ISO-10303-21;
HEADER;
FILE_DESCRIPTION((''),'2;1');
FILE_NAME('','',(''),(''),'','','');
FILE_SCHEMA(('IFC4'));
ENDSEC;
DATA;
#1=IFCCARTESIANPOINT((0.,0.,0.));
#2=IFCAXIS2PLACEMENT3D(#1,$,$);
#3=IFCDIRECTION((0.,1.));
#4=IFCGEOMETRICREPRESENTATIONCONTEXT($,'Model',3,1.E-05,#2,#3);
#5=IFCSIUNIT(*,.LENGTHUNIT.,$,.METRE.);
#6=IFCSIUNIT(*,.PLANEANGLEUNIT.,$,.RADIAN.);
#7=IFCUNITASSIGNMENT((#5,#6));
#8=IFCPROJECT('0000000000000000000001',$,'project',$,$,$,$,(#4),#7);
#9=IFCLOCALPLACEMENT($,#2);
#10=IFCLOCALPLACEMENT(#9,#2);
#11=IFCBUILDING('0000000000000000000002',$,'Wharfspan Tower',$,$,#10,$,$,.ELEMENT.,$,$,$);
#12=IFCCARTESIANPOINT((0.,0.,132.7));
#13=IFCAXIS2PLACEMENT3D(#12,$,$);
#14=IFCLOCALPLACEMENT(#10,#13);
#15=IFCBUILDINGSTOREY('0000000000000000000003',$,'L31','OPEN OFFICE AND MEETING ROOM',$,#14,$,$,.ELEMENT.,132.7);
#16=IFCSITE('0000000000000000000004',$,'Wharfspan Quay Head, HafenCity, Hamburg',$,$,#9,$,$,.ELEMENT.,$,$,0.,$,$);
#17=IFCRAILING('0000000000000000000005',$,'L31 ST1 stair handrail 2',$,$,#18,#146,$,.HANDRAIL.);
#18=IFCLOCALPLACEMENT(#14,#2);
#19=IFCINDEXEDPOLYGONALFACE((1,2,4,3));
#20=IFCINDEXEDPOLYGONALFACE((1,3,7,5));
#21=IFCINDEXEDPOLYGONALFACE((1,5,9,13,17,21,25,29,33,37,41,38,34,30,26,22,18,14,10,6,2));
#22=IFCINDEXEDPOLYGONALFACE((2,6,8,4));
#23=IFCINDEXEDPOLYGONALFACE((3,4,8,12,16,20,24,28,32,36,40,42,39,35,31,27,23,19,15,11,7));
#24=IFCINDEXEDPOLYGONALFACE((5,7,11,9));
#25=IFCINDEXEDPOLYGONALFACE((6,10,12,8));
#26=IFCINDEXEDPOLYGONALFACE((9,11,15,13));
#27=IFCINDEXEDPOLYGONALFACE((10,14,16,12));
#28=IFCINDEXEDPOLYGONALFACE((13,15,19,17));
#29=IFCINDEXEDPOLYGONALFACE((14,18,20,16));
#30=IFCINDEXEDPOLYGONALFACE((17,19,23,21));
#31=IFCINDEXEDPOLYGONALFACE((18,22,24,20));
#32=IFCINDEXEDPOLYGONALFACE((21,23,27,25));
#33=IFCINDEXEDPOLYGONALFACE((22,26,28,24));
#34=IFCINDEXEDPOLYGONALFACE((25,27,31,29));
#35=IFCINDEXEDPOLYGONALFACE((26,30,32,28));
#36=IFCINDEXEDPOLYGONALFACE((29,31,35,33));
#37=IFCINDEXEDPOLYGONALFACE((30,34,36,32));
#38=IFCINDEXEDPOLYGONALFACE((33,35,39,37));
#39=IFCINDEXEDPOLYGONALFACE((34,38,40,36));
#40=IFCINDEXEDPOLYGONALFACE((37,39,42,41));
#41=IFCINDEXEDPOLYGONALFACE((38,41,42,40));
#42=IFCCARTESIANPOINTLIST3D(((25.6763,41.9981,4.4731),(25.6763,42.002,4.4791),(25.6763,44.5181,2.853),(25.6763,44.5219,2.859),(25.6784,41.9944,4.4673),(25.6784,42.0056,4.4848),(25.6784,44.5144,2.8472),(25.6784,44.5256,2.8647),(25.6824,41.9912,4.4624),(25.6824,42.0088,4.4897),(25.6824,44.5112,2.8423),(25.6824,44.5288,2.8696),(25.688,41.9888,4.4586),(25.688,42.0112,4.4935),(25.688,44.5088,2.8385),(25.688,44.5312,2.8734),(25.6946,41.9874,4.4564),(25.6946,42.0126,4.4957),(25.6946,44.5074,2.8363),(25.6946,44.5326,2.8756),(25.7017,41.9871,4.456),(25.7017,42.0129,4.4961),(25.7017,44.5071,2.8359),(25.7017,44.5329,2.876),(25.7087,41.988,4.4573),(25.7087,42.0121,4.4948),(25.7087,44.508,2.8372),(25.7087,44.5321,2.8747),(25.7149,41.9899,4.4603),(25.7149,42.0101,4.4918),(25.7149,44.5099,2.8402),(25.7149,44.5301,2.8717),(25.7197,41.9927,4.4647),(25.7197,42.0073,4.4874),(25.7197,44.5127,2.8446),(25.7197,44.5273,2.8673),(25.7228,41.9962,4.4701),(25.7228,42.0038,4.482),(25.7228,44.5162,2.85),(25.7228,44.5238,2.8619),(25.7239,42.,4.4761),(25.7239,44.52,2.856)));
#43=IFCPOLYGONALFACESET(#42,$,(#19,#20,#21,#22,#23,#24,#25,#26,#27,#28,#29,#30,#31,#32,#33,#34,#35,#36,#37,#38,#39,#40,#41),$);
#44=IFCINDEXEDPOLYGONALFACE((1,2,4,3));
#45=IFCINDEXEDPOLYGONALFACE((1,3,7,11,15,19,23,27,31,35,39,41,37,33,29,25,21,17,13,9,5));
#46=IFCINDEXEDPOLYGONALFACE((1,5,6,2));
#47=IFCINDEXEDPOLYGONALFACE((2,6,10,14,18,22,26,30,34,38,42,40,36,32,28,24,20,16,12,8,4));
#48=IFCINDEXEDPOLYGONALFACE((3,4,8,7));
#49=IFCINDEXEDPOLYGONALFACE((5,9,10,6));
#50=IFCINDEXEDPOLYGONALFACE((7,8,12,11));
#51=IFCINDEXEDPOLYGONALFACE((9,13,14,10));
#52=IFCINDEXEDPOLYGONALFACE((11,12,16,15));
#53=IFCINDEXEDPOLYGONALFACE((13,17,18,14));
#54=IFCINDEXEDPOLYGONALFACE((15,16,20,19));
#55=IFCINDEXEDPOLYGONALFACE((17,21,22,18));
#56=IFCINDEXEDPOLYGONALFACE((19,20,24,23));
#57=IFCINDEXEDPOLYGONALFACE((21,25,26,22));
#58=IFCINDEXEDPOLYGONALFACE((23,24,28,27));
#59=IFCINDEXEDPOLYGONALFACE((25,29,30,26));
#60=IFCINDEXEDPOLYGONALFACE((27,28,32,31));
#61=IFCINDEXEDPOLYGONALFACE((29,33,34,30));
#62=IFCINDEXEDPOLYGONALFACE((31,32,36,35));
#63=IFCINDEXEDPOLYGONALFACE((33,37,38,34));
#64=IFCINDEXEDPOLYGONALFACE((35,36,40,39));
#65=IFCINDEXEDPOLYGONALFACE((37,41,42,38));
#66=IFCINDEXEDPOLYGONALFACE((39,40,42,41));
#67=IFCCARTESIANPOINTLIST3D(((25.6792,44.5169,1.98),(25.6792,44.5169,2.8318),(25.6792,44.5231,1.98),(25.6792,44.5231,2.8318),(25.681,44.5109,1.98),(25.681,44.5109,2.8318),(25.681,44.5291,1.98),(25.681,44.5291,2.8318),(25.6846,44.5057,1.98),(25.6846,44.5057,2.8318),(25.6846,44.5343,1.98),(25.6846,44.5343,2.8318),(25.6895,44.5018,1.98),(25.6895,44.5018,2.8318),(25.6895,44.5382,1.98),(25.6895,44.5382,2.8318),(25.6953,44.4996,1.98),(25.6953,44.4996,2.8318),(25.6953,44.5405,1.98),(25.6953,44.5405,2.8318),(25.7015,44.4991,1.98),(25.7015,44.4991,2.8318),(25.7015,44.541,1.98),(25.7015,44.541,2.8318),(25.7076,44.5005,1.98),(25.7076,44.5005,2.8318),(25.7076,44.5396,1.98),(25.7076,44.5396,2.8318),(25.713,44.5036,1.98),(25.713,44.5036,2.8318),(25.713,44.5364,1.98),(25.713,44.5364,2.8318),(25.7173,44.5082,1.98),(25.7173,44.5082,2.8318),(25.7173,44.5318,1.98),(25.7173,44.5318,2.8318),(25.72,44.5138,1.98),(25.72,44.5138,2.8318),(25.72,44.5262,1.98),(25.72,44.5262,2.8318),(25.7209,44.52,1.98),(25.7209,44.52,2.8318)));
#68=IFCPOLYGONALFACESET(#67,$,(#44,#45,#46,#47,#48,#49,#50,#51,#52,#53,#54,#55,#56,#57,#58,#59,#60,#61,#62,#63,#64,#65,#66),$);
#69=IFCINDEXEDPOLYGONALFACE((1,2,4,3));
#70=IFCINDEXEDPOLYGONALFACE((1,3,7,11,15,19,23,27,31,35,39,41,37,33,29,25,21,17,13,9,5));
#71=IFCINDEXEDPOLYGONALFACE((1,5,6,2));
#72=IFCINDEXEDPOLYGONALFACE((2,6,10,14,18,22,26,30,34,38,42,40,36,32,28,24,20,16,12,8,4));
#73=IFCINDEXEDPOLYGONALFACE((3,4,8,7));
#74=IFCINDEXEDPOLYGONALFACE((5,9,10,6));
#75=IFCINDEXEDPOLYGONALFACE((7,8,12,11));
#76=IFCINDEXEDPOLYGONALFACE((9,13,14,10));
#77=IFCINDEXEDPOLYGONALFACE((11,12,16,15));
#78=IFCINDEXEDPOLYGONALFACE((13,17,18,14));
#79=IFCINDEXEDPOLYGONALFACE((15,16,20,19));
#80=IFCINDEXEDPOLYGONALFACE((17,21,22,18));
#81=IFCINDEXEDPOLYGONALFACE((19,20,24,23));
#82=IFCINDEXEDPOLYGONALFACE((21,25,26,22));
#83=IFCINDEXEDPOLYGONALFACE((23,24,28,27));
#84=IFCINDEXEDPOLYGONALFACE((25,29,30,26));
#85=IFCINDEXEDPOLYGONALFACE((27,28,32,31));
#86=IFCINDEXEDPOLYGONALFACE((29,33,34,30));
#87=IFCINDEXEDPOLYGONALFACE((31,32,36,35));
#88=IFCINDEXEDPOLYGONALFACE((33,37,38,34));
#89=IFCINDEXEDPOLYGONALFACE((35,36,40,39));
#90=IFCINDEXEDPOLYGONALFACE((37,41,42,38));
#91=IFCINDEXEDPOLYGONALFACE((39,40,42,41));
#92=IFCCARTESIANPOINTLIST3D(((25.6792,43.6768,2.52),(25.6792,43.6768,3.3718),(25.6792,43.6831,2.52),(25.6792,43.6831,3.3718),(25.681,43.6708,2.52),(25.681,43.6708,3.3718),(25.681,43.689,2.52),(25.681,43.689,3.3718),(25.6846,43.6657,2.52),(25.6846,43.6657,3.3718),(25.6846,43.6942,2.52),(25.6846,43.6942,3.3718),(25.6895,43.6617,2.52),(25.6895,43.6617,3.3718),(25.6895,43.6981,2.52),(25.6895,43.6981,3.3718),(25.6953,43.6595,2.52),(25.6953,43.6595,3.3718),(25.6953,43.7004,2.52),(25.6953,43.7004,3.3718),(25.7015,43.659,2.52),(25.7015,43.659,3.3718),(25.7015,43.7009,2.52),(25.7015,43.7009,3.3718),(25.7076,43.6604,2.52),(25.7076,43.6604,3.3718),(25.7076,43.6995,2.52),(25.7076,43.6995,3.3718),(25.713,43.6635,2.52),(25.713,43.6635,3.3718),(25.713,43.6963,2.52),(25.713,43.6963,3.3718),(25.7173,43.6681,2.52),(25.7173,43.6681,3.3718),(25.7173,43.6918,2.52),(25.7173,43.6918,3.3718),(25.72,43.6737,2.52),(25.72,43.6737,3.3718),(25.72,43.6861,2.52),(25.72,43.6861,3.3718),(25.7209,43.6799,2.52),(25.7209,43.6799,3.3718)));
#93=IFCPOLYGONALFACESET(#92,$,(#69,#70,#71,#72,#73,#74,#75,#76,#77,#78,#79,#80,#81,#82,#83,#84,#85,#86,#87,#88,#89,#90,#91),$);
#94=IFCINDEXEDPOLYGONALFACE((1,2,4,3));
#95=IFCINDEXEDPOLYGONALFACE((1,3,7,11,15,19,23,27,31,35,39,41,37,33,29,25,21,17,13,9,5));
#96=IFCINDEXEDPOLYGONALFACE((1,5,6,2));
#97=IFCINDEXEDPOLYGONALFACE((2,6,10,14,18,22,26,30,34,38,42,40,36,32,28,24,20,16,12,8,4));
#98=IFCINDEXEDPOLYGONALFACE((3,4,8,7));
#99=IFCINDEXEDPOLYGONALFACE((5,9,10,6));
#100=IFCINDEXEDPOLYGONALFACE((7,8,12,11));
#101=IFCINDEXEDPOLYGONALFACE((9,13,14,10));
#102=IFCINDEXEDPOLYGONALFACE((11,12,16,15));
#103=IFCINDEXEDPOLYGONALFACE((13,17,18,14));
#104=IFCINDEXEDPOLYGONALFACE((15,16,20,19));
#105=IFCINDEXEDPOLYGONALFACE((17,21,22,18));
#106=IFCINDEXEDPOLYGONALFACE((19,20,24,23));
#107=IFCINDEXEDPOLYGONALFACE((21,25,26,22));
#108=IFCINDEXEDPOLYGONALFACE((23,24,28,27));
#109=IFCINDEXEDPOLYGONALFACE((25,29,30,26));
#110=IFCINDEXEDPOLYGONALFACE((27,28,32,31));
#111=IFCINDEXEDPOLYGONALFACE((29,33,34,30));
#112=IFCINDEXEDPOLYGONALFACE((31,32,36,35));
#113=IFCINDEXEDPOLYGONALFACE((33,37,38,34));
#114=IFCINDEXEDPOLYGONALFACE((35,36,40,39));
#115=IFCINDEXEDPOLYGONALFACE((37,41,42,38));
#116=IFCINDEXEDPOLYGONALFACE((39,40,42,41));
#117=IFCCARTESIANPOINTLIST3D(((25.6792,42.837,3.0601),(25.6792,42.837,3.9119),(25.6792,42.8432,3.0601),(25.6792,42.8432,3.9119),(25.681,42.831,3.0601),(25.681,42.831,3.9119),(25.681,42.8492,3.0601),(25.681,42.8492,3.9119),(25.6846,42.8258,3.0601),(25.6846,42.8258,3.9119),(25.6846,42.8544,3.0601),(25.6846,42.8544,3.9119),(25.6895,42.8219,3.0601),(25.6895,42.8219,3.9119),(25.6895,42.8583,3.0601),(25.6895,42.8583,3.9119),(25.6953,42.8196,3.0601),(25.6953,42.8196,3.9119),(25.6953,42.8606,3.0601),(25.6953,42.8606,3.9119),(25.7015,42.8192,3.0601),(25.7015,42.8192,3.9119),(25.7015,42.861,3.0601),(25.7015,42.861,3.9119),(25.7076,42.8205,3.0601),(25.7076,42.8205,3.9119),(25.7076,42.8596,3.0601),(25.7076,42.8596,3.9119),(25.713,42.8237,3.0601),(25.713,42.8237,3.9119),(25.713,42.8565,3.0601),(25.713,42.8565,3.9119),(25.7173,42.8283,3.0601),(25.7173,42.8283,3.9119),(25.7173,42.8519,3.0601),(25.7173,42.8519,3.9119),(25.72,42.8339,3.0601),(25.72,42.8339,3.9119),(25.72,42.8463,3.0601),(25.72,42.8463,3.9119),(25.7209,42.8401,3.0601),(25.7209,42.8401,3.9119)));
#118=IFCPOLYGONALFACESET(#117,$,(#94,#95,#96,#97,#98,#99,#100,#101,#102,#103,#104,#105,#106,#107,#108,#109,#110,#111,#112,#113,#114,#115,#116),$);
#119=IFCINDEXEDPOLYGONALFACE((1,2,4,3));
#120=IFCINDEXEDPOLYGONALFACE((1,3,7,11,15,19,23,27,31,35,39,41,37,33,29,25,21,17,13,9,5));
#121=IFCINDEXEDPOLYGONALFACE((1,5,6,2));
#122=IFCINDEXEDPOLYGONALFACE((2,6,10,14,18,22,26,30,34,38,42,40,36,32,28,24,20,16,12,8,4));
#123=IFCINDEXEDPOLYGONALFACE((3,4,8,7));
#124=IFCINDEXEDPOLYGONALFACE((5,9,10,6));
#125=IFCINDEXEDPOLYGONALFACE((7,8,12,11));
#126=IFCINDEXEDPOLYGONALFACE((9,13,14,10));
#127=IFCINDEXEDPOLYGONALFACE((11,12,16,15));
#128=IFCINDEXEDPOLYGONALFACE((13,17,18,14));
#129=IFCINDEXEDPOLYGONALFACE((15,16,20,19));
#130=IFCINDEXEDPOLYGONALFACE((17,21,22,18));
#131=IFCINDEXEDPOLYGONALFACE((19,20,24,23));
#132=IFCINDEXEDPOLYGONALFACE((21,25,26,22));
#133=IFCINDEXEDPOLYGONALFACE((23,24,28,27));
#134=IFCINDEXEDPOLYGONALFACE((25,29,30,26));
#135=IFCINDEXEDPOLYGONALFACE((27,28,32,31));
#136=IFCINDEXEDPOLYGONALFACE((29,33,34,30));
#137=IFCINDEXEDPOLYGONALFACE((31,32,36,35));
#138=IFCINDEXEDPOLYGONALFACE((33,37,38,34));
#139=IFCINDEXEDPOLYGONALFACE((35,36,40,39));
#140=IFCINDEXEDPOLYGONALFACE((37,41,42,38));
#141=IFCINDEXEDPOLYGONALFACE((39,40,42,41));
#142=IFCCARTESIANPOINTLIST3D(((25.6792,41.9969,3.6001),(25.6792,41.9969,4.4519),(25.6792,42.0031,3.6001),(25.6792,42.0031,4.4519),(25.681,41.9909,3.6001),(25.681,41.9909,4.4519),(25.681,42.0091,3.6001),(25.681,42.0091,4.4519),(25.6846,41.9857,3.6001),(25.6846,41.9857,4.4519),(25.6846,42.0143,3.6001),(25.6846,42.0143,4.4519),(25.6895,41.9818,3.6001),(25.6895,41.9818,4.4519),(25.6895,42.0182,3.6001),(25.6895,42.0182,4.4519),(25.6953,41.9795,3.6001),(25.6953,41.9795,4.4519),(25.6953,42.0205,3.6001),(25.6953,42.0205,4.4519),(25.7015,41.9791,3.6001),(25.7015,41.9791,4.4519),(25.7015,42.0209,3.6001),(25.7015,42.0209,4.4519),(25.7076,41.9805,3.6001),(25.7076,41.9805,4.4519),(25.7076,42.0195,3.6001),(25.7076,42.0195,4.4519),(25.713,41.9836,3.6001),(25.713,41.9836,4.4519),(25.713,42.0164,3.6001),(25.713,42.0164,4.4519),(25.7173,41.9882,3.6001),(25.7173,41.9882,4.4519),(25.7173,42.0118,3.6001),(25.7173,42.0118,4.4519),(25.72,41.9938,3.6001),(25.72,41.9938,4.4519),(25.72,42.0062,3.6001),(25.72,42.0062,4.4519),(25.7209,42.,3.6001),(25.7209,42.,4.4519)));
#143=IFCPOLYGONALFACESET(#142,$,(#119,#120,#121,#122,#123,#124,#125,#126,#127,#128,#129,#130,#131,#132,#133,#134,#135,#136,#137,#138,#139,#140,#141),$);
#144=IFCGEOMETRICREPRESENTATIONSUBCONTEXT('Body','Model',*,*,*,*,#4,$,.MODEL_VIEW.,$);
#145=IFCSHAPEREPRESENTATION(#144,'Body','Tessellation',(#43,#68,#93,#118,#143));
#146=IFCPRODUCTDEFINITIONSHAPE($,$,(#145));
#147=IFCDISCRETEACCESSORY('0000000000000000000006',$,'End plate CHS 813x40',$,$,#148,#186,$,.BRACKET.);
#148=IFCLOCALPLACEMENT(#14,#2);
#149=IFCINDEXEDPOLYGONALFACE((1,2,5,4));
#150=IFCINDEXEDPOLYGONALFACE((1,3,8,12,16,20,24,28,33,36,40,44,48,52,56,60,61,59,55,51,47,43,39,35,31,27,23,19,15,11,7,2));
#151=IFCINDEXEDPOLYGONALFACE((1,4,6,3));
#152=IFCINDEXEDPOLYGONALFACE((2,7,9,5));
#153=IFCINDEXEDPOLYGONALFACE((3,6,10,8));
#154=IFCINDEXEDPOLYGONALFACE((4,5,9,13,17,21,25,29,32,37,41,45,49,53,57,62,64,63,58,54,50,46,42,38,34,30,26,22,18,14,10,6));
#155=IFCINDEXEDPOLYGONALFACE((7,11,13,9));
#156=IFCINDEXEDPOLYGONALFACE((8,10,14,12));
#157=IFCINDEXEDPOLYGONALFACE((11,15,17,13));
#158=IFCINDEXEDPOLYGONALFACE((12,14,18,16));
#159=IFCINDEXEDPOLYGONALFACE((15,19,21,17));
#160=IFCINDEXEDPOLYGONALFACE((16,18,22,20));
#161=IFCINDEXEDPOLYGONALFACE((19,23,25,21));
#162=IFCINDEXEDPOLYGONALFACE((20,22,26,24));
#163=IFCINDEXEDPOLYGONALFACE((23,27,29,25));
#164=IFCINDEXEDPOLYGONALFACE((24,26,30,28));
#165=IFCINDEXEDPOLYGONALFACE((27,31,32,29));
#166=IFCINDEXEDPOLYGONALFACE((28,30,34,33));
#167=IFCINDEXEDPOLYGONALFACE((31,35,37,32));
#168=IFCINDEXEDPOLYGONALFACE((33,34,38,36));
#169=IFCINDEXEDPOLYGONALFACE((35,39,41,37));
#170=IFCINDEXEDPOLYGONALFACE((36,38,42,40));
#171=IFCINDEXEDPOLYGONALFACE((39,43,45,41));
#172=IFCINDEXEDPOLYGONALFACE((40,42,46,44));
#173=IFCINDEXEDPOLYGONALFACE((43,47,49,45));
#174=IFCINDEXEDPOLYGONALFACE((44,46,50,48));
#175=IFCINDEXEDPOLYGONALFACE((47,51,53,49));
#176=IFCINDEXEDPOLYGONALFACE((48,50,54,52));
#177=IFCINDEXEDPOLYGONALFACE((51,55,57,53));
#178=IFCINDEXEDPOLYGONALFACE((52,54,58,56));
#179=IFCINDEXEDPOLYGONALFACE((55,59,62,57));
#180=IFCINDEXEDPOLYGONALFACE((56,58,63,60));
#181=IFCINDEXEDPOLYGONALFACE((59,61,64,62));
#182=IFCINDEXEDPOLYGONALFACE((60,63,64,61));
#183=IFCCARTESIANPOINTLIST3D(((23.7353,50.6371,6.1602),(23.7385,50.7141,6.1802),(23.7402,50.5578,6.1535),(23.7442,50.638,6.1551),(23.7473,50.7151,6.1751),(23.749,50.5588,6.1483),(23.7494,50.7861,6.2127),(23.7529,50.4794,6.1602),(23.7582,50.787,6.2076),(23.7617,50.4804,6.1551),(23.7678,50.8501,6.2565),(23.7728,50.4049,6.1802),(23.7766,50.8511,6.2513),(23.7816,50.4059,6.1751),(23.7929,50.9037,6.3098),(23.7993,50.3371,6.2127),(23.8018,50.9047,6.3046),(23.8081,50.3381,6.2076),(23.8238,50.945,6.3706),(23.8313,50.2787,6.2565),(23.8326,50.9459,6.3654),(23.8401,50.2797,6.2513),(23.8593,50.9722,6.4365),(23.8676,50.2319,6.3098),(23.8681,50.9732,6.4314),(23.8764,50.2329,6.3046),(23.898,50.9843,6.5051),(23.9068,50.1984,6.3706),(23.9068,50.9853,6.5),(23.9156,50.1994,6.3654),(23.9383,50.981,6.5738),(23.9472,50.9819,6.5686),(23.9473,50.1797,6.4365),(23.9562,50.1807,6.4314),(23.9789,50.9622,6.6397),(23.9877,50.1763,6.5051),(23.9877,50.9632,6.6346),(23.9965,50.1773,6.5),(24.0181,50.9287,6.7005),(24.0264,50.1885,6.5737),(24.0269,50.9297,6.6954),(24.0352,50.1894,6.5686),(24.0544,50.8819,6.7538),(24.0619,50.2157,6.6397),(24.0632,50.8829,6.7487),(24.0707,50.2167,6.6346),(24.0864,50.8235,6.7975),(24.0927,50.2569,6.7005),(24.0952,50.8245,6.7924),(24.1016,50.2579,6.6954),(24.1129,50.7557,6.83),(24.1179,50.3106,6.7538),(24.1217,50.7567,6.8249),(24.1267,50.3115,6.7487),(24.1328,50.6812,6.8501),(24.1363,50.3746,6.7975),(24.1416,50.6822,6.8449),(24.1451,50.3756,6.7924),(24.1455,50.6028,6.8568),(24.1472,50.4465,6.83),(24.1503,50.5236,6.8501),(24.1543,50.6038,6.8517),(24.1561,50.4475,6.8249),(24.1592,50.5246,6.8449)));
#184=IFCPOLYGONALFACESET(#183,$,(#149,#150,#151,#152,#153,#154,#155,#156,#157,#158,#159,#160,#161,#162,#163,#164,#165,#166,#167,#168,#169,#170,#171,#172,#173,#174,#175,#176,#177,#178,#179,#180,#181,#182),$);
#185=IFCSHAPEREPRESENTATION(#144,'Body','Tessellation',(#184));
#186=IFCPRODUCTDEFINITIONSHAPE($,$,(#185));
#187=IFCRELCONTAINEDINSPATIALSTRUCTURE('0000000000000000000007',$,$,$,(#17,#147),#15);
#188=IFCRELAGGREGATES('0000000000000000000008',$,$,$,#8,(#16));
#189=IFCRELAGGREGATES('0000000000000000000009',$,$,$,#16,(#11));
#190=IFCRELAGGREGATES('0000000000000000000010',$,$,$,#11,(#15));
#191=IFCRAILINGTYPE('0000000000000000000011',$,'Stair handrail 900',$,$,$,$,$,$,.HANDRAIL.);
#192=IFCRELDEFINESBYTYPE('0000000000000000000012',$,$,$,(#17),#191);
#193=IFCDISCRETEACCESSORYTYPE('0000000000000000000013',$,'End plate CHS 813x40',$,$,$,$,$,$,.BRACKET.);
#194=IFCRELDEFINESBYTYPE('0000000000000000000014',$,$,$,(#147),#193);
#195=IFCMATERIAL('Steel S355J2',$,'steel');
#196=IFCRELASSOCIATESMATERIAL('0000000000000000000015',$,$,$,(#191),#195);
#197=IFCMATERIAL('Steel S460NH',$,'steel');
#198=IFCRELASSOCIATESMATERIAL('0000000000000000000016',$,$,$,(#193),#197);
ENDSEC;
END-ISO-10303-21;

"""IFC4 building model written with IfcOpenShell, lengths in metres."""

from ifc_helpers import new_model, si_unit, direction, frame, origin, origin_2d, place, context, subcontext, project, spatial, circle, extrude, material, material_profile, profile_set, type_object, element, save


model = new_model("IFC4")

# Units and contexts
model_context = context("Model", 3, precision=1e-05, world=origin(), true_north=direction((0.0, 1.0)))
body_context = subcontext(model_context, "Body", "Model", "MODEL_VIEW")
ifc_project = project(units=[si_unit("LENGTHUNIT", "METRE"), si_unit("PLANEANGLEUNIT", "RADIAN")], contexts=[model_context])

# Site, building, storey
site_placement = place(None, origin())
site = spatial("IfcSite", under=ifc_project, at=site_placement, Name="Wharfspan Quay Head, HafenCity, Hamburg", CompositionType="ELEMENT", RefElevation=0.0)
building_placement = place(site_placement, origin())
building = spatial("IfcBuilding", under=site, at=building_placement, Name="Wharfspan Tower", CompositionType="ELEMENT")
storey_placement = place(building_placement, frame((0.0, 0.0, 132.7)))
storey = spatial("IfcBuildingStorey", under=building, at=storey_placement, Name="L31", Description="OPEN OFFICE AND MEETING ROOM", CompositionType="ELEMENT", Elevation=132.7)

# Shared definitions
ifc_material_1 = material(Name="Steel S355J2", Category="steel")

# Railing
railing_type_1 = type_object("IfcRailingType", Name="Stair handrail 900", PredefinedType="HANDRAIL", material=ifc_material_1)
railing_1_placement = place(storey_placement, frame((25.7, 44.52, 1.98)))
element("IfcRailing", 1, at=railing_1_placement, inside=storey, type_object=railing_type_1, Name="L31 ST1 stair handrail 2", PredefinedType="HANDRAIL", context=body_context, shape_type="SweptSolid", body=[
    extrude(circle(Radius=0.0239, at=origin_2d()), frame((0.0, 0.0, 0.876), z_axis=(0.0, -0.841163, 0.540782), x_axis=(1.0, 0.0, 0.0)), (0.0, 0.0, 1.0), 2.9958),
    extrude(circle(Radius=0.021, at=origin_2d()), origin(), (0.0, 0.0, 1.0), 0.8518),
    extrude(circle(Radius=0.021, at=origin_2d()), frame((0.0, -0.8401, 0.54)), (0.0, 0.0, 1.0), 0.8518),
    extrude(circle(Radius=0.021, at=origin_2d()), frame((0.0, -1.6799, 1.0801)), (0.0, 0.0, 1.0), 0.8518),
    extrude(circle(Radius=0.021, at=origin_2d()), frame((0.0, -2.52, 1.6201)), (0.0, 0.0, 1.0), 0.8518),
])

# Discrete accessory
ifc_material_2 = material(Name="Steel S460NH", Category="steel")
ifc_material_profile_1 = material_profile(ifc_material_2, circle(Radius=0.4065, at=origin_2d()))
ifc_profile_set_1 = profile_set([ifc_material_profile_1], Name="Steel S460NH")
discrete_accessory_type = type_object("IfcDiscreteAccessoryType", Name="End plate CHS 813x40", PredefinedType="BRACKET", material=ifc_profile_set_1)
discrete_accessory_placement = place(storey_placement, frame((23.9517, 50.5813, 6.5), z_axis=(-0.859828, -0.095536, 0.501566), x_axis=(0.11043, -0.99388, -0.000001)))
element("IfcDiscreteAccessory", 2, at=discrete_accessory_placement, inside=storey, type_object=discrete_accessory_type, Name="End plate CHS 813x40", PredefinedType="BRACKET", context=body_context, shape_type="SweptSolid", body=[
    extrude(circle(Radius=0.4065, at=origin_2d()), origin(), (0.0, 0.0, 1.0), 0.0103),
])

save(model, "model.ifc")
